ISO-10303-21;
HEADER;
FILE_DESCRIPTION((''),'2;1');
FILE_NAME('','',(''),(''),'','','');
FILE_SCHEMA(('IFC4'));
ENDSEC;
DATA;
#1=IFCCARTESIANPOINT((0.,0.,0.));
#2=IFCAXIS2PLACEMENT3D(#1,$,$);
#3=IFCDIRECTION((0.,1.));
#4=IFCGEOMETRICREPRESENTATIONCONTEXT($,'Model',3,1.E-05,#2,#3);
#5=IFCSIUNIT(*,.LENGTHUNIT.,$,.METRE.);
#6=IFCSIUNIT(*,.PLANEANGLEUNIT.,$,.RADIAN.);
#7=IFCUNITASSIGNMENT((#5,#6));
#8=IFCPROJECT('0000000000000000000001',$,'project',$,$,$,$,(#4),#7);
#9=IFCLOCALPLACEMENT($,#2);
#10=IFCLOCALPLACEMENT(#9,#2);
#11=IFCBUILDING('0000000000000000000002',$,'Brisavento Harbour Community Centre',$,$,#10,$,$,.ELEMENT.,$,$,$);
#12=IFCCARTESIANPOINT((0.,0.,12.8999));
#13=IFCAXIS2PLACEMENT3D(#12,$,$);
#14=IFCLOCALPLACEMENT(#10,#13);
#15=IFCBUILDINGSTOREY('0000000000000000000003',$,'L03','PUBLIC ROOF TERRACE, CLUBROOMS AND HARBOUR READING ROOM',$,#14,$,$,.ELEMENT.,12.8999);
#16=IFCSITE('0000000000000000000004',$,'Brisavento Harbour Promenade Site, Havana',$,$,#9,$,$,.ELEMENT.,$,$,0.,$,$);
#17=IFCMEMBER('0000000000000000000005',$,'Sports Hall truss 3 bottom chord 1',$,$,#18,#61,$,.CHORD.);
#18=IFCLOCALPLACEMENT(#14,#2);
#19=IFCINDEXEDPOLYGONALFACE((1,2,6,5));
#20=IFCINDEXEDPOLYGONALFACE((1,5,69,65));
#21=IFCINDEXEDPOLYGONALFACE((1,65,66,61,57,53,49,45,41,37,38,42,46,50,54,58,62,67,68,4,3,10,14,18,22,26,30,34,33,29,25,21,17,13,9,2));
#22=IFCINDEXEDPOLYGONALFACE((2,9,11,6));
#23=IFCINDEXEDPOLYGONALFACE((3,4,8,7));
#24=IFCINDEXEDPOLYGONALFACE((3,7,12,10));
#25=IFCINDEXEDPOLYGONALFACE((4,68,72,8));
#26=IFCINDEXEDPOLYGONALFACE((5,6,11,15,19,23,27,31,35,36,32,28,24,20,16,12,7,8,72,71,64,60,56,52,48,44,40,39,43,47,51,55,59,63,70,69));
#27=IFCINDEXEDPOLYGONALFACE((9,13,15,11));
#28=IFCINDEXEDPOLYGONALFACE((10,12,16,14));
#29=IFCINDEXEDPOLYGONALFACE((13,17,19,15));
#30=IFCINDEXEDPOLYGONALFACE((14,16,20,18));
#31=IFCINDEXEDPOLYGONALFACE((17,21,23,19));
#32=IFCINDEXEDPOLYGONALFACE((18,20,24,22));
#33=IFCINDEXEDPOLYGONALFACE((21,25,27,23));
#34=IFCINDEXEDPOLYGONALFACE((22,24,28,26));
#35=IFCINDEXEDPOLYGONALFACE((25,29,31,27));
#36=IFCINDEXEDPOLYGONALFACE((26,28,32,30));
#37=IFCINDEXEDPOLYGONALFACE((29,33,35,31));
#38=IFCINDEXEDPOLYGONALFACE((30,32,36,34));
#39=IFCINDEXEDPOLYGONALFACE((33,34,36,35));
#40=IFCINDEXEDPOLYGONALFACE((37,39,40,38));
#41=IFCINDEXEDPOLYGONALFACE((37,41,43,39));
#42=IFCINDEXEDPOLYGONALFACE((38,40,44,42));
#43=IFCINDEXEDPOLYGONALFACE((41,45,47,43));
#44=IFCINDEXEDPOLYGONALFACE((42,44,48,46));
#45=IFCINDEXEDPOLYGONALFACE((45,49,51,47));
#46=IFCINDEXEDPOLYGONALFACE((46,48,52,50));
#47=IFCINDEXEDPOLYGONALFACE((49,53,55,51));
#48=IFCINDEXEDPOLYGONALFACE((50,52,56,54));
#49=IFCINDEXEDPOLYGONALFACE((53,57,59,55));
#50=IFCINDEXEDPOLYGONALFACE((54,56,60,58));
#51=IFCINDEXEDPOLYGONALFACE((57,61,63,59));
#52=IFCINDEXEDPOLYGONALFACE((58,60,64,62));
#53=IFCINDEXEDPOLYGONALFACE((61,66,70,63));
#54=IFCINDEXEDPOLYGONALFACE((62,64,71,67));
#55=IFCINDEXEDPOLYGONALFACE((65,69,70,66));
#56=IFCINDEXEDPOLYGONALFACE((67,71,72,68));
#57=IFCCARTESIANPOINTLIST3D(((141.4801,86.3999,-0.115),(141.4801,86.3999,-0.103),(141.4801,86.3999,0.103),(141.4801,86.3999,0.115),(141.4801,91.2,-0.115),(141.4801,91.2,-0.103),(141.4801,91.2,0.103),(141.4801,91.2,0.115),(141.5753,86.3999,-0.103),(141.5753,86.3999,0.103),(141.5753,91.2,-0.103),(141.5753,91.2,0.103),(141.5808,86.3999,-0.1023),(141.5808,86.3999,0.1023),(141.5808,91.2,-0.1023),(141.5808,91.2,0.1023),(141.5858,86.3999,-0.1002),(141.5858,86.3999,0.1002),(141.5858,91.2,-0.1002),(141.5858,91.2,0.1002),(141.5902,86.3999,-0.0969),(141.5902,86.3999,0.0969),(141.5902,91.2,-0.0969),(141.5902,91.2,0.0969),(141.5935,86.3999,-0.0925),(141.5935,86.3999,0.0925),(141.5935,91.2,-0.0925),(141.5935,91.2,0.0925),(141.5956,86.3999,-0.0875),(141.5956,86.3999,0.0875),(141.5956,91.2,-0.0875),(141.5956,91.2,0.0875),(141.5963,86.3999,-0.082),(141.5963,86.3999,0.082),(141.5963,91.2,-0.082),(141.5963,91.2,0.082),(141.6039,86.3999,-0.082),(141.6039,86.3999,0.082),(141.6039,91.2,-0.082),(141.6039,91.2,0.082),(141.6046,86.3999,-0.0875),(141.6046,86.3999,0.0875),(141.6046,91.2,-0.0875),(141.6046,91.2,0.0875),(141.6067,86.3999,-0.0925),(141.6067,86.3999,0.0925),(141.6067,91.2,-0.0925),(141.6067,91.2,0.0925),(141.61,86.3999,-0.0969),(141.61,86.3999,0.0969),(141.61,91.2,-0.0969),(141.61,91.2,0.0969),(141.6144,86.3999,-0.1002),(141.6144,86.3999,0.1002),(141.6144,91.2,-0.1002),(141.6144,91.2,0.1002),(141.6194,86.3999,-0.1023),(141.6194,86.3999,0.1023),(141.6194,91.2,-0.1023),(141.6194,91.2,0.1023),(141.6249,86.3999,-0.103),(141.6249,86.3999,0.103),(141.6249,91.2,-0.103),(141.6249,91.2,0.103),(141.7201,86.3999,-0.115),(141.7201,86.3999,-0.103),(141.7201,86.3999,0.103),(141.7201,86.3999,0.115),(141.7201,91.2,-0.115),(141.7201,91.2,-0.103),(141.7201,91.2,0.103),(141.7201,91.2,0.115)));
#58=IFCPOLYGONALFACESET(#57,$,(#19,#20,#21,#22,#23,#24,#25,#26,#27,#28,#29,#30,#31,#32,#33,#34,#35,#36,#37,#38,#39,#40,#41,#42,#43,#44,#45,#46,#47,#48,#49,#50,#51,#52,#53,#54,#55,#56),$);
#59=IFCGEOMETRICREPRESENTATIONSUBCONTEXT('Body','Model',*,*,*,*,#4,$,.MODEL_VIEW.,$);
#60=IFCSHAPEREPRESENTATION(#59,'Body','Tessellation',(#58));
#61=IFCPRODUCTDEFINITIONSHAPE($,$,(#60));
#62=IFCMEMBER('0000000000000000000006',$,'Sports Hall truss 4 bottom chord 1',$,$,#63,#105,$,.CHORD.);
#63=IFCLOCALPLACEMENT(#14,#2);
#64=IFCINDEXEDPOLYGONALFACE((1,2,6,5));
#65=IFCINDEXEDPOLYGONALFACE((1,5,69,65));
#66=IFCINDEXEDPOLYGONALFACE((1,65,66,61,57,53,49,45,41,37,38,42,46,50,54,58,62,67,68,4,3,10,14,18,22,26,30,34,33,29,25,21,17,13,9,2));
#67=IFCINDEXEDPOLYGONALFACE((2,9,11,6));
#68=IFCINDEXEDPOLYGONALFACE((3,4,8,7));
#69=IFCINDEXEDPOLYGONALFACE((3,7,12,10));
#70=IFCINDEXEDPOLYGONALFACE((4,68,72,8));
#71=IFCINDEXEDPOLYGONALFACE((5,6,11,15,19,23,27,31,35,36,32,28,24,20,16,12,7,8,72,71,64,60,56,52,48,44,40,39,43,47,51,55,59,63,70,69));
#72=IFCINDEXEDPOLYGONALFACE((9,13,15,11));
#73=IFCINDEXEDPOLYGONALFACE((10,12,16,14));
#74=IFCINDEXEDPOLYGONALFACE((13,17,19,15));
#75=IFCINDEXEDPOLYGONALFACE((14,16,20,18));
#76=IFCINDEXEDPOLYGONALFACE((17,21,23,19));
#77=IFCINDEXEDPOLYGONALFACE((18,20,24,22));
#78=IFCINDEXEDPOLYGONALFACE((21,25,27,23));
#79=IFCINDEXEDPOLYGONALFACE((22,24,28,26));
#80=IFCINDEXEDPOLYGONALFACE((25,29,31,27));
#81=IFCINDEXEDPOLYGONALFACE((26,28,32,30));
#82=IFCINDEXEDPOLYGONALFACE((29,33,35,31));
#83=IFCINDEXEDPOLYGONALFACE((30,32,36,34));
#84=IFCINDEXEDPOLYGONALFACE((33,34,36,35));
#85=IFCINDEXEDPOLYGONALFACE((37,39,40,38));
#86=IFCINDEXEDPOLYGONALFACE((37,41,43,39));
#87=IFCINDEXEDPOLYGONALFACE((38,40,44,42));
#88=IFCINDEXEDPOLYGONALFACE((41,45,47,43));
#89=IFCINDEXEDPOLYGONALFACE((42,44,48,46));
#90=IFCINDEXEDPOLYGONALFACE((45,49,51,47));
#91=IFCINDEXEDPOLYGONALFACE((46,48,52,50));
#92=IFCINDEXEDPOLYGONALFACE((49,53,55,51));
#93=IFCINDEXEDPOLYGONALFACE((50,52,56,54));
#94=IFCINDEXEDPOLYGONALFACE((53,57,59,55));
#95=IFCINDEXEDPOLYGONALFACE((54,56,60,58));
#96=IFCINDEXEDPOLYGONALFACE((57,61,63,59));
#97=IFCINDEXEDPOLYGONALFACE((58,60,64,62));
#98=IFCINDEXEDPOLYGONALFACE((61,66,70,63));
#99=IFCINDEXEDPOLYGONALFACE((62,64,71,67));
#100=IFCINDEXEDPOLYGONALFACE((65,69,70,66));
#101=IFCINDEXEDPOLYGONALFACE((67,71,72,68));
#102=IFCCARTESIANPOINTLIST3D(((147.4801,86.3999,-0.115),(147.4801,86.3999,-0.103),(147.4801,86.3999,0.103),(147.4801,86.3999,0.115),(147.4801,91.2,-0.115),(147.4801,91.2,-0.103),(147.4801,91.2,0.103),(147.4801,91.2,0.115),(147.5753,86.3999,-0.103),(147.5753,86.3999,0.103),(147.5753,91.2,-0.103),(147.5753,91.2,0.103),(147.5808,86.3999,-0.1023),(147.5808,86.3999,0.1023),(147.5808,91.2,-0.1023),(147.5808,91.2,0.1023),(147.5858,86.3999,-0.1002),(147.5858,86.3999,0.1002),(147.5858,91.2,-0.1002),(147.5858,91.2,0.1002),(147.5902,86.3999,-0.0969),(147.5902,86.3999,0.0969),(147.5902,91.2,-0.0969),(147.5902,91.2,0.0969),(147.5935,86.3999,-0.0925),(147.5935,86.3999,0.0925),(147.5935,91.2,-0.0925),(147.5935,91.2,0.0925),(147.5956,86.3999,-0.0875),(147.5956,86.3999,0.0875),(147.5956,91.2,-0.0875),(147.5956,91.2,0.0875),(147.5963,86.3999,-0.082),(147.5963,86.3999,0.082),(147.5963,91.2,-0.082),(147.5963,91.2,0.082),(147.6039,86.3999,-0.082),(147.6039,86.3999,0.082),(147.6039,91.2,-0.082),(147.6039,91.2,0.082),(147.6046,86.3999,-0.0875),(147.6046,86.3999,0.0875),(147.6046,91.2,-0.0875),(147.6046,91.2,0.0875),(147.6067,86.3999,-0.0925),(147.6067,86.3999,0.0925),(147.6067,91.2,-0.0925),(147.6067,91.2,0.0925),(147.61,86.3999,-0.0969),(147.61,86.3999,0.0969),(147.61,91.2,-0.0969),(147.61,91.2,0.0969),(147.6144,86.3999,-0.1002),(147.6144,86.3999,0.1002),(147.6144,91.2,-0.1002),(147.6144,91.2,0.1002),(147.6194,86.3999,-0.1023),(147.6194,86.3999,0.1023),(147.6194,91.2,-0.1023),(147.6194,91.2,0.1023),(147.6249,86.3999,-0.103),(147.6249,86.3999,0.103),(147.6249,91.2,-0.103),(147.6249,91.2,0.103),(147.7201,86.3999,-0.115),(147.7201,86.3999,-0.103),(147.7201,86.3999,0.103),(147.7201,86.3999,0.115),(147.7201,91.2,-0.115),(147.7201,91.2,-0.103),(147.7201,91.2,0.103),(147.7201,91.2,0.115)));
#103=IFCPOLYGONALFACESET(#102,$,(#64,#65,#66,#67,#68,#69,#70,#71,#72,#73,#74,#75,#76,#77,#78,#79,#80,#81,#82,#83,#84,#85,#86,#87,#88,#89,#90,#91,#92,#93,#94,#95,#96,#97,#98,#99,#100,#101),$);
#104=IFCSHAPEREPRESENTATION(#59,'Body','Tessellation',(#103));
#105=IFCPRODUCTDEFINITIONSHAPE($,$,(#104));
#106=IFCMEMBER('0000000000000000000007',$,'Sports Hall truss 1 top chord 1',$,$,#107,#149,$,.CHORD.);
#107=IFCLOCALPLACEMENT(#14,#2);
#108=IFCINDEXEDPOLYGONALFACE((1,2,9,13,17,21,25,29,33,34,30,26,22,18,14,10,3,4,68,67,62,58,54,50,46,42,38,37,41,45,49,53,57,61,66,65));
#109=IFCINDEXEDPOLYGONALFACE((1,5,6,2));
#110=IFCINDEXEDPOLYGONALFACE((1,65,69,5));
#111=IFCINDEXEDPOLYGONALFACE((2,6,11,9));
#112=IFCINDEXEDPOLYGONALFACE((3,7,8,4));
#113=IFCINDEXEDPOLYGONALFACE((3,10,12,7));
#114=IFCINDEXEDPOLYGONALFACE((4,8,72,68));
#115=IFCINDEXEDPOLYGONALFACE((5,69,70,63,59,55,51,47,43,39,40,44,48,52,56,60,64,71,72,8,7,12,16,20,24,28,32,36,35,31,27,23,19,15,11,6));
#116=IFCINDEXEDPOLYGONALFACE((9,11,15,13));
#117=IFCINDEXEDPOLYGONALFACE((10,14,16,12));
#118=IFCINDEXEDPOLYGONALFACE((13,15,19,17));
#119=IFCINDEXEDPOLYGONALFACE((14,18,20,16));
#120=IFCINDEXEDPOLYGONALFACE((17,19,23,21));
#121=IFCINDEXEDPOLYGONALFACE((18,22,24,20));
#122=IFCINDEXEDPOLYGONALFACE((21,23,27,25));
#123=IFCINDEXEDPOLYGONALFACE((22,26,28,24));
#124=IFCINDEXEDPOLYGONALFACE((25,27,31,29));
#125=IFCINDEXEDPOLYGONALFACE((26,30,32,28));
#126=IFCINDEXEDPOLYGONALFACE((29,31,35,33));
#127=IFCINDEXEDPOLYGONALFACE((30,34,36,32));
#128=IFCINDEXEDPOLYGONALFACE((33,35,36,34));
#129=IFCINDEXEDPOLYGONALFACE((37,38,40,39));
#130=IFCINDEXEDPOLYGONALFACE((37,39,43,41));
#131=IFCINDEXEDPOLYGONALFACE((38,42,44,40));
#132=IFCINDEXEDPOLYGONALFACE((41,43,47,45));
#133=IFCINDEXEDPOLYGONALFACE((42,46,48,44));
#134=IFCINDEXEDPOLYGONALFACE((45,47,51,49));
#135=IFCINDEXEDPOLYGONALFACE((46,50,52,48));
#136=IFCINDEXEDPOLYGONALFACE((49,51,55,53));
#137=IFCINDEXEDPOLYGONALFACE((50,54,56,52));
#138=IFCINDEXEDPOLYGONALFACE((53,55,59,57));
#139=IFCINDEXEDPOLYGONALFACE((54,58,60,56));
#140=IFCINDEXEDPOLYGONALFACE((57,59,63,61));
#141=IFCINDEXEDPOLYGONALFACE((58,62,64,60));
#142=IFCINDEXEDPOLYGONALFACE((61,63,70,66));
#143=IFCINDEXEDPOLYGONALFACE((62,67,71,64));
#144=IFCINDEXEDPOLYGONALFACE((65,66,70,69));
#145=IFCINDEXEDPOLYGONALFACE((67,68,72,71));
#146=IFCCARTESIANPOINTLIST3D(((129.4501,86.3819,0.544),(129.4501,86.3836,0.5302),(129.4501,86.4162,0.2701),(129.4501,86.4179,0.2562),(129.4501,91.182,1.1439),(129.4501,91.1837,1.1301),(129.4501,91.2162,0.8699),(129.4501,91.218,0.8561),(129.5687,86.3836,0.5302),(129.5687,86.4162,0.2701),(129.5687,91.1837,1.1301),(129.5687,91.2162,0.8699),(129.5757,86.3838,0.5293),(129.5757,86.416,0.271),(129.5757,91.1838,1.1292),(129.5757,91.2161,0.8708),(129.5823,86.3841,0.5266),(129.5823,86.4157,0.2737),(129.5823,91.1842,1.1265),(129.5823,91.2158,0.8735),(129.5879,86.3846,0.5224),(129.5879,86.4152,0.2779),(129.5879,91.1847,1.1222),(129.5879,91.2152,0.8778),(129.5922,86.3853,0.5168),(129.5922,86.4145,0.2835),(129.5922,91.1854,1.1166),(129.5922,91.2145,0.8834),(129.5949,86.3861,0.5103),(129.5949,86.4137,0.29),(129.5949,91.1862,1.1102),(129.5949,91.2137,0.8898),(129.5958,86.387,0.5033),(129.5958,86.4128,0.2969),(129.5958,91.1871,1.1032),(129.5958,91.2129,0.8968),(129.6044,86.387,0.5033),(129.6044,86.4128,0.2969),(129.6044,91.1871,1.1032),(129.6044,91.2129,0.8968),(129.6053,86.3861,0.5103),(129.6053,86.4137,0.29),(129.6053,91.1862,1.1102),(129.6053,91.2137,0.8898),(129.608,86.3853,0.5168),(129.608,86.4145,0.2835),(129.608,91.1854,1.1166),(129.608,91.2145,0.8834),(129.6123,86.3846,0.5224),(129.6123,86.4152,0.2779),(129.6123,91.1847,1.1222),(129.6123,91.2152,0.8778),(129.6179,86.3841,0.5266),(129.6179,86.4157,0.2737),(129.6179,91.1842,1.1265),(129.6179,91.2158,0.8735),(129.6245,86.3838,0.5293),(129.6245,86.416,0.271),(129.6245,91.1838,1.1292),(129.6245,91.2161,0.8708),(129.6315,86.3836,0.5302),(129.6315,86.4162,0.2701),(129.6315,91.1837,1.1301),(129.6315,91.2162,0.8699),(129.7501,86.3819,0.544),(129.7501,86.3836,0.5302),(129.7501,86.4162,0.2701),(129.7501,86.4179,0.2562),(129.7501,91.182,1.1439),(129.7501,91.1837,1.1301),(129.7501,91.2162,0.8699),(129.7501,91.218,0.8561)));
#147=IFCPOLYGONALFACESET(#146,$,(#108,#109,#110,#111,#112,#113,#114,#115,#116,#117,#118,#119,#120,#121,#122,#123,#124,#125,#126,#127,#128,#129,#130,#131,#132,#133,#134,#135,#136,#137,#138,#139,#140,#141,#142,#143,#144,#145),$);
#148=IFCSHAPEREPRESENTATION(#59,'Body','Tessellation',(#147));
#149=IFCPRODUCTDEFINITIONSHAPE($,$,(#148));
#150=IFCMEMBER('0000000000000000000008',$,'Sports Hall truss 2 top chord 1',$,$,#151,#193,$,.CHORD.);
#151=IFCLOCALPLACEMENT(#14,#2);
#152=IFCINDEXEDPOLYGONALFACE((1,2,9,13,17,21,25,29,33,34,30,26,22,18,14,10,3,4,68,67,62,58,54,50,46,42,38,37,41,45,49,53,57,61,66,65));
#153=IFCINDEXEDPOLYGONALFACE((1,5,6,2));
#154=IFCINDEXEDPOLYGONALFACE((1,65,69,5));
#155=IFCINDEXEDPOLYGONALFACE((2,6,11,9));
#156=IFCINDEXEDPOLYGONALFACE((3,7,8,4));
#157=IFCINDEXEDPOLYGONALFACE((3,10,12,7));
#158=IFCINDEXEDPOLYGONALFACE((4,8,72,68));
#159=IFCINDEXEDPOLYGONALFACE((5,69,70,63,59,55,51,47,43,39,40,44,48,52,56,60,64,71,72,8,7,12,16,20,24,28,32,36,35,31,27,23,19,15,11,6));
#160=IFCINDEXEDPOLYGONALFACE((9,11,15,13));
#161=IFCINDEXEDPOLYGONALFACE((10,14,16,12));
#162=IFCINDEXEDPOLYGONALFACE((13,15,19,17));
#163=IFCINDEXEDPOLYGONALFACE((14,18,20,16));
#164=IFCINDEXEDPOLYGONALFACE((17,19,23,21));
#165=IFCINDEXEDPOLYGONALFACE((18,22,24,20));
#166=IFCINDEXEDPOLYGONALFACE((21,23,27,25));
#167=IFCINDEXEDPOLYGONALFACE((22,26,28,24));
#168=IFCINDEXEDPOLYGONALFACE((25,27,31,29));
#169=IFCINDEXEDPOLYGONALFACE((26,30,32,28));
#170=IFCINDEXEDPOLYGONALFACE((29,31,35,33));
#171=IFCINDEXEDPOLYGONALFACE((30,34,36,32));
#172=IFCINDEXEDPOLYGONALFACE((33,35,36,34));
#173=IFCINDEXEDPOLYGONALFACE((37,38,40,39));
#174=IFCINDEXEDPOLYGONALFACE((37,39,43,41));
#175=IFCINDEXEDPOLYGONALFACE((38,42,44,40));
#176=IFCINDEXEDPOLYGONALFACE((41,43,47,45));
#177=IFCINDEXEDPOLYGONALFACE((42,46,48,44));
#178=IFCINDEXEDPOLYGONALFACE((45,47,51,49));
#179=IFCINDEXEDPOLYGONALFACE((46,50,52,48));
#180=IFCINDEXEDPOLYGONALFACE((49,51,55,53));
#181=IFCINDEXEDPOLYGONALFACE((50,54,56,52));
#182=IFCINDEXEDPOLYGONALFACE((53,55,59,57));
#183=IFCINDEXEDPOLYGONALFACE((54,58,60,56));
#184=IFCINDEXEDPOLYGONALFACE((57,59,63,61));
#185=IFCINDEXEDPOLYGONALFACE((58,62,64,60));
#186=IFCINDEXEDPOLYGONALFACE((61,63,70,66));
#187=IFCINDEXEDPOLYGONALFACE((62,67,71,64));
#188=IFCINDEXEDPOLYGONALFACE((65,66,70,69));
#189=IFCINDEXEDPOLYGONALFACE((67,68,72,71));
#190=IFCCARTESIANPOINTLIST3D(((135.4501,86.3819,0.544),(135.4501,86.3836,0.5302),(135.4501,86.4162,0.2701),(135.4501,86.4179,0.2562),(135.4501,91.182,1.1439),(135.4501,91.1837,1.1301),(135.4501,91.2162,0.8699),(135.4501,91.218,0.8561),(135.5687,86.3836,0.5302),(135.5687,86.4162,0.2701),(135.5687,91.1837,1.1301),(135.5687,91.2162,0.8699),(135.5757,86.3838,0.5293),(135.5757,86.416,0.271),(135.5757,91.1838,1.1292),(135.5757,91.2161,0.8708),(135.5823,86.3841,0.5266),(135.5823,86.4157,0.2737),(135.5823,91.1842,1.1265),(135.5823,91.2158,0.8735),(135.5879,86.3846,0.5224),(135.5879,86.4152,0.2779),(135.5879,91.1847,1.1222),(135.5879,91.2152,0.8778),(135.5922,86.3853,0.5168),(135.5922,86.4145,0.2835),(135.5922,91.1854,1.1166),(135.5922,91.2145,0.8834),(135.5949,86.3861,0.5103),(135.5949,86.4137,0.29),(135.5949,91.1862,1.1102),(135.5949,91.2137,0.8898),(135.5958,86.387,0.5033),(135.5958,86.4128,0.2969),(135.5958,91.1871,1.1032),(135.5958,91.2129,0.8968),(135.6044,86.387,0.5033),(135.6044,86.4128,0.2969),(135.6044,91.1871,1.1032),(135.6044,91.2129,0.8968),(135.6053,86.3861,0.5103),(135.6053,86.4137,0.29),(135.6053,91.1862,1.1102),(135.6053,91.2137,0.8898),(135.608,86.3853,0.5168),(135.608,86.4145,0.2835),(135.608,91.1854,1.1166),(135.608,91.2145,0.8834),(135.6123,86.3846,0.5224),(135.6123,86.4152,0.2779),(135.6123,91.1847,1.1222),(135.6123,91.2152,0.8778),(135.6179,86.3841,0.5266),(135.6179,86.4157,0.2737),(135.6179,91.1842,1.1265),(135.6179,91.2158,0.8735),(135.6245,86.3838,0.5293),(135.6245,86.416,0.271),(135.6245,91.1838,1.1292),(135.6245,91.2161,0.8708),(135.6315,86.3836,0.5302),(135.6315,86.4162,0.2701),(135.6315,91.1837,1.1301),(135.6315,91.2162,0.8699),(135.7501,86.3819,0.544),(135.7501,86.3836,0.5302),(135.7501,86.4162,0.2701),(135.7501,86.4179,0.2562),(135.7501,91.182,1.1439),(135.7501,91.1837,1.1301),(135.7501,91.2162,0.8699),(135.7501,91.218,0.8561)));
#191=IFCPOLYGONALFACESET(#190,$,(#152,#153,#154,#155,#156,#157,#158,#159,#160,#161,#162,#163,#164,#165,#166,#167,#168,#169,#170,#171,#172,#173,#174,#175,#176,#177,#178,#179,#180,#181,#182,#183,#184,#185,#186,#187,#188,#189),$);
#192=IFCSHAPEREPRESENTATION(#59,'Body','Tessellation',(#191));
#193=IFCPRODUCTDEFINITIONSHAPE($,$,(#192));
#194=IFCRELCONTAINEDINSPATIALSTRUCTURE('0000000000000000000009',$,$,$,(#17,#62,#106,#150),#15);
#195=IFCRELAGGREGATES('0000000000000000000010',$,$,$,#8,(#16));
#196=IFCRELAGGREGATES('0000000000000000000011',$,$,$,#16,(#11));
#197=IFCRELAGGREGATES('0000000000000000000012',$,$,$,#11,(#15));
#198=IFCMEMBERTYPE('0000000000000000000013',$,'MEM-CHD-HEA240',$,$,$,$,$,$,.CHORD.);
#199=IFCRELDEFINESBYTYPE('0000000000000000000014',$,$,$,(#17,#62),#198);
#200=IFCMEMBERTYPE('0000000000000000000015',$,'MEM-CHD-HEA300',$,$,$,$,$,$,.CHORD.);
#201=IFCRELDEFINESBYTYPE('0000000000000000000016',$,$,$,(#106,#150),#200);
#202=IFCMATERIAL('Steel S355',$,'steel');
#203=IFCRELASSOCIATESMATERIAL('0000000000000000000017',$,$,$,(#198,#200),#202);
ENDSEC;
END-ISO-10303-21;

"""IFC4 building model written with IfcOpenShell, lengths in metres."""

from ifc_helpers import new_model, si_unit, direction, frame, origin, origin_2d, place, context, subcontext, project, spatial, i_section, extrude, material, material_profile, profile_set, type_object, element, save


model = new_model("IFC4")

# Units and contexts
model_context = context("Model", 3, precision=1e-05, world=origin(), true_north=direction((0.0, 1.0)))
body_context = subcontext(model_context, "Body", "Model", "MODEL_VIEW")
ifc_project = project(units=[si_unit("LENGTHUNIT", "METRE"), si_unit("PLANEANGLEUNIT", "RADIAN")], contexts=[model_context])

# Site, building, storey
site_placement = place(None, origin())
site = spatial("IfcSite", under=ifc_project, at=site_placement, Name="Brisavento Harbour Promenade Site, Havana", CompositionType="ELEMENT", RefElevation=0.0)
building_placement = place(site_placement, origin())
building = spatial("IfcBuilding", under=site, at=building_placement, Name="Brisavento Harbour Community Centre", CompositionType="ELEMENT")
storey_placement = place(building_placement, frame((0.0, 0.0, 12.8999)))
storey = spatial("IfcBuildingStorey", under=building, at=storey_placement, Name="L03", Description="PUBLIC ROOF TERRACE, CLUBROOMS AND HARBOUR READING ROOM", CompositionType="ELEMENT", Elevation=12.8999)

# Members
ifc_material_1 = material(Name="Steel S355", Category="steel")
ifc_material_profile_1 = material_profile(ifc_material_1, i_section(OverallWidth=0.24, OverallDepth=0.23, WebThickness=0.0076, FlangeThickness=0.012, FilletRadius=0.021, at=origin_2d()), Name="Steel S355")
ifc_profile_set_1 = profile_set([ifc_material_profile_1], Name="Steel S355")
member_type_1 = type_object("IfcMemberType", Name="MEM-CHD-HEA240", PredefinedType="CHORD", material=ifc_profile_set_1)
for number, where, z_axis, x_axis, name in (
    (1, (141.6001, 86.3999, 0.0), (0.0, 1.0, 0.0), (-1.0, 0.0, 0.0), "Sports Hall truss 3 bottom chord 1"),
    (2, (147.6001, 86.3999, 0.0), (0.0, 1.0, 0.0), (-1.0, 0.0, 0.0), "Sports Hall truss 4 bottom chord 1"),
):
    element("IfcMember", number, at=place(storey_placement, frame(where, z_axis=z_axis, x_axis=x_axis)), inside=storey, type_object=member_type_1, Name=name, PredefinedType="CHORD", context=body_context, shape_type="SweptSolid", body=[
        extrude(i_section(OverallWidth=0.24, OverallDepth=0.23, WebThickness=0.0076, FlangeThickness=0.012, FilletRadius=0.021, at=origin_2d()), origin(), (0.0, 0.0, 1.0), 4.8),
    ])
ifc_material_profile_2 = material_profile(ifc_material_1, i_section(OverallWidth=0.3, OverallDepth=0.29, WebThickness=0.0085, FlangeThickness=0.0139, FilletRadius=0.0271, at=origin_2d()), Name="Steel S355")
ifc_profile_set_2 = profile_set([ifc_material_profile_2], Name="Steel S355")
member_type_2 = type_object("IfcMemberType", Name="MEM-CHD-HEA300", PredefinedType="CHORD", material=ifc_profile_set_2)
for number, where, z_axis, x_axis, name in (
    (3, (129.6001, 86.3999, 0.4001), (0.0, 0.992282, 0.124004), (-1.0, 0.0, 0.0), "Sports Hall truss 1 top chord 1"),
    (4, (135.6001, 86.3999, 0.4001), (0.0, 0.992282, 0.124004), (-1.0, 0.0, 0.0), "Sports Hall truss 2 top chord 1"),
):
    element("IfcMember", number, at=place(storey_placement, frame(where, z_axis=z_axis, x_axis=x_axis)), inside=storey, type_object=member_type_2, Name=name, PredefinedType="CHORD", context=body_context, shape_type="SweptSolid", body=[
        extrude(i_section(OverallWidth=0.3, OverallDepth=0.29, WebThickness=0.0085, FlangeThickness=0.0139, FilletRadius=0.0271, at=origin_2d()), origin(), (0.0, 0.0, 1.0), 4.8374),
    ])

save(model, "model.ifc")
